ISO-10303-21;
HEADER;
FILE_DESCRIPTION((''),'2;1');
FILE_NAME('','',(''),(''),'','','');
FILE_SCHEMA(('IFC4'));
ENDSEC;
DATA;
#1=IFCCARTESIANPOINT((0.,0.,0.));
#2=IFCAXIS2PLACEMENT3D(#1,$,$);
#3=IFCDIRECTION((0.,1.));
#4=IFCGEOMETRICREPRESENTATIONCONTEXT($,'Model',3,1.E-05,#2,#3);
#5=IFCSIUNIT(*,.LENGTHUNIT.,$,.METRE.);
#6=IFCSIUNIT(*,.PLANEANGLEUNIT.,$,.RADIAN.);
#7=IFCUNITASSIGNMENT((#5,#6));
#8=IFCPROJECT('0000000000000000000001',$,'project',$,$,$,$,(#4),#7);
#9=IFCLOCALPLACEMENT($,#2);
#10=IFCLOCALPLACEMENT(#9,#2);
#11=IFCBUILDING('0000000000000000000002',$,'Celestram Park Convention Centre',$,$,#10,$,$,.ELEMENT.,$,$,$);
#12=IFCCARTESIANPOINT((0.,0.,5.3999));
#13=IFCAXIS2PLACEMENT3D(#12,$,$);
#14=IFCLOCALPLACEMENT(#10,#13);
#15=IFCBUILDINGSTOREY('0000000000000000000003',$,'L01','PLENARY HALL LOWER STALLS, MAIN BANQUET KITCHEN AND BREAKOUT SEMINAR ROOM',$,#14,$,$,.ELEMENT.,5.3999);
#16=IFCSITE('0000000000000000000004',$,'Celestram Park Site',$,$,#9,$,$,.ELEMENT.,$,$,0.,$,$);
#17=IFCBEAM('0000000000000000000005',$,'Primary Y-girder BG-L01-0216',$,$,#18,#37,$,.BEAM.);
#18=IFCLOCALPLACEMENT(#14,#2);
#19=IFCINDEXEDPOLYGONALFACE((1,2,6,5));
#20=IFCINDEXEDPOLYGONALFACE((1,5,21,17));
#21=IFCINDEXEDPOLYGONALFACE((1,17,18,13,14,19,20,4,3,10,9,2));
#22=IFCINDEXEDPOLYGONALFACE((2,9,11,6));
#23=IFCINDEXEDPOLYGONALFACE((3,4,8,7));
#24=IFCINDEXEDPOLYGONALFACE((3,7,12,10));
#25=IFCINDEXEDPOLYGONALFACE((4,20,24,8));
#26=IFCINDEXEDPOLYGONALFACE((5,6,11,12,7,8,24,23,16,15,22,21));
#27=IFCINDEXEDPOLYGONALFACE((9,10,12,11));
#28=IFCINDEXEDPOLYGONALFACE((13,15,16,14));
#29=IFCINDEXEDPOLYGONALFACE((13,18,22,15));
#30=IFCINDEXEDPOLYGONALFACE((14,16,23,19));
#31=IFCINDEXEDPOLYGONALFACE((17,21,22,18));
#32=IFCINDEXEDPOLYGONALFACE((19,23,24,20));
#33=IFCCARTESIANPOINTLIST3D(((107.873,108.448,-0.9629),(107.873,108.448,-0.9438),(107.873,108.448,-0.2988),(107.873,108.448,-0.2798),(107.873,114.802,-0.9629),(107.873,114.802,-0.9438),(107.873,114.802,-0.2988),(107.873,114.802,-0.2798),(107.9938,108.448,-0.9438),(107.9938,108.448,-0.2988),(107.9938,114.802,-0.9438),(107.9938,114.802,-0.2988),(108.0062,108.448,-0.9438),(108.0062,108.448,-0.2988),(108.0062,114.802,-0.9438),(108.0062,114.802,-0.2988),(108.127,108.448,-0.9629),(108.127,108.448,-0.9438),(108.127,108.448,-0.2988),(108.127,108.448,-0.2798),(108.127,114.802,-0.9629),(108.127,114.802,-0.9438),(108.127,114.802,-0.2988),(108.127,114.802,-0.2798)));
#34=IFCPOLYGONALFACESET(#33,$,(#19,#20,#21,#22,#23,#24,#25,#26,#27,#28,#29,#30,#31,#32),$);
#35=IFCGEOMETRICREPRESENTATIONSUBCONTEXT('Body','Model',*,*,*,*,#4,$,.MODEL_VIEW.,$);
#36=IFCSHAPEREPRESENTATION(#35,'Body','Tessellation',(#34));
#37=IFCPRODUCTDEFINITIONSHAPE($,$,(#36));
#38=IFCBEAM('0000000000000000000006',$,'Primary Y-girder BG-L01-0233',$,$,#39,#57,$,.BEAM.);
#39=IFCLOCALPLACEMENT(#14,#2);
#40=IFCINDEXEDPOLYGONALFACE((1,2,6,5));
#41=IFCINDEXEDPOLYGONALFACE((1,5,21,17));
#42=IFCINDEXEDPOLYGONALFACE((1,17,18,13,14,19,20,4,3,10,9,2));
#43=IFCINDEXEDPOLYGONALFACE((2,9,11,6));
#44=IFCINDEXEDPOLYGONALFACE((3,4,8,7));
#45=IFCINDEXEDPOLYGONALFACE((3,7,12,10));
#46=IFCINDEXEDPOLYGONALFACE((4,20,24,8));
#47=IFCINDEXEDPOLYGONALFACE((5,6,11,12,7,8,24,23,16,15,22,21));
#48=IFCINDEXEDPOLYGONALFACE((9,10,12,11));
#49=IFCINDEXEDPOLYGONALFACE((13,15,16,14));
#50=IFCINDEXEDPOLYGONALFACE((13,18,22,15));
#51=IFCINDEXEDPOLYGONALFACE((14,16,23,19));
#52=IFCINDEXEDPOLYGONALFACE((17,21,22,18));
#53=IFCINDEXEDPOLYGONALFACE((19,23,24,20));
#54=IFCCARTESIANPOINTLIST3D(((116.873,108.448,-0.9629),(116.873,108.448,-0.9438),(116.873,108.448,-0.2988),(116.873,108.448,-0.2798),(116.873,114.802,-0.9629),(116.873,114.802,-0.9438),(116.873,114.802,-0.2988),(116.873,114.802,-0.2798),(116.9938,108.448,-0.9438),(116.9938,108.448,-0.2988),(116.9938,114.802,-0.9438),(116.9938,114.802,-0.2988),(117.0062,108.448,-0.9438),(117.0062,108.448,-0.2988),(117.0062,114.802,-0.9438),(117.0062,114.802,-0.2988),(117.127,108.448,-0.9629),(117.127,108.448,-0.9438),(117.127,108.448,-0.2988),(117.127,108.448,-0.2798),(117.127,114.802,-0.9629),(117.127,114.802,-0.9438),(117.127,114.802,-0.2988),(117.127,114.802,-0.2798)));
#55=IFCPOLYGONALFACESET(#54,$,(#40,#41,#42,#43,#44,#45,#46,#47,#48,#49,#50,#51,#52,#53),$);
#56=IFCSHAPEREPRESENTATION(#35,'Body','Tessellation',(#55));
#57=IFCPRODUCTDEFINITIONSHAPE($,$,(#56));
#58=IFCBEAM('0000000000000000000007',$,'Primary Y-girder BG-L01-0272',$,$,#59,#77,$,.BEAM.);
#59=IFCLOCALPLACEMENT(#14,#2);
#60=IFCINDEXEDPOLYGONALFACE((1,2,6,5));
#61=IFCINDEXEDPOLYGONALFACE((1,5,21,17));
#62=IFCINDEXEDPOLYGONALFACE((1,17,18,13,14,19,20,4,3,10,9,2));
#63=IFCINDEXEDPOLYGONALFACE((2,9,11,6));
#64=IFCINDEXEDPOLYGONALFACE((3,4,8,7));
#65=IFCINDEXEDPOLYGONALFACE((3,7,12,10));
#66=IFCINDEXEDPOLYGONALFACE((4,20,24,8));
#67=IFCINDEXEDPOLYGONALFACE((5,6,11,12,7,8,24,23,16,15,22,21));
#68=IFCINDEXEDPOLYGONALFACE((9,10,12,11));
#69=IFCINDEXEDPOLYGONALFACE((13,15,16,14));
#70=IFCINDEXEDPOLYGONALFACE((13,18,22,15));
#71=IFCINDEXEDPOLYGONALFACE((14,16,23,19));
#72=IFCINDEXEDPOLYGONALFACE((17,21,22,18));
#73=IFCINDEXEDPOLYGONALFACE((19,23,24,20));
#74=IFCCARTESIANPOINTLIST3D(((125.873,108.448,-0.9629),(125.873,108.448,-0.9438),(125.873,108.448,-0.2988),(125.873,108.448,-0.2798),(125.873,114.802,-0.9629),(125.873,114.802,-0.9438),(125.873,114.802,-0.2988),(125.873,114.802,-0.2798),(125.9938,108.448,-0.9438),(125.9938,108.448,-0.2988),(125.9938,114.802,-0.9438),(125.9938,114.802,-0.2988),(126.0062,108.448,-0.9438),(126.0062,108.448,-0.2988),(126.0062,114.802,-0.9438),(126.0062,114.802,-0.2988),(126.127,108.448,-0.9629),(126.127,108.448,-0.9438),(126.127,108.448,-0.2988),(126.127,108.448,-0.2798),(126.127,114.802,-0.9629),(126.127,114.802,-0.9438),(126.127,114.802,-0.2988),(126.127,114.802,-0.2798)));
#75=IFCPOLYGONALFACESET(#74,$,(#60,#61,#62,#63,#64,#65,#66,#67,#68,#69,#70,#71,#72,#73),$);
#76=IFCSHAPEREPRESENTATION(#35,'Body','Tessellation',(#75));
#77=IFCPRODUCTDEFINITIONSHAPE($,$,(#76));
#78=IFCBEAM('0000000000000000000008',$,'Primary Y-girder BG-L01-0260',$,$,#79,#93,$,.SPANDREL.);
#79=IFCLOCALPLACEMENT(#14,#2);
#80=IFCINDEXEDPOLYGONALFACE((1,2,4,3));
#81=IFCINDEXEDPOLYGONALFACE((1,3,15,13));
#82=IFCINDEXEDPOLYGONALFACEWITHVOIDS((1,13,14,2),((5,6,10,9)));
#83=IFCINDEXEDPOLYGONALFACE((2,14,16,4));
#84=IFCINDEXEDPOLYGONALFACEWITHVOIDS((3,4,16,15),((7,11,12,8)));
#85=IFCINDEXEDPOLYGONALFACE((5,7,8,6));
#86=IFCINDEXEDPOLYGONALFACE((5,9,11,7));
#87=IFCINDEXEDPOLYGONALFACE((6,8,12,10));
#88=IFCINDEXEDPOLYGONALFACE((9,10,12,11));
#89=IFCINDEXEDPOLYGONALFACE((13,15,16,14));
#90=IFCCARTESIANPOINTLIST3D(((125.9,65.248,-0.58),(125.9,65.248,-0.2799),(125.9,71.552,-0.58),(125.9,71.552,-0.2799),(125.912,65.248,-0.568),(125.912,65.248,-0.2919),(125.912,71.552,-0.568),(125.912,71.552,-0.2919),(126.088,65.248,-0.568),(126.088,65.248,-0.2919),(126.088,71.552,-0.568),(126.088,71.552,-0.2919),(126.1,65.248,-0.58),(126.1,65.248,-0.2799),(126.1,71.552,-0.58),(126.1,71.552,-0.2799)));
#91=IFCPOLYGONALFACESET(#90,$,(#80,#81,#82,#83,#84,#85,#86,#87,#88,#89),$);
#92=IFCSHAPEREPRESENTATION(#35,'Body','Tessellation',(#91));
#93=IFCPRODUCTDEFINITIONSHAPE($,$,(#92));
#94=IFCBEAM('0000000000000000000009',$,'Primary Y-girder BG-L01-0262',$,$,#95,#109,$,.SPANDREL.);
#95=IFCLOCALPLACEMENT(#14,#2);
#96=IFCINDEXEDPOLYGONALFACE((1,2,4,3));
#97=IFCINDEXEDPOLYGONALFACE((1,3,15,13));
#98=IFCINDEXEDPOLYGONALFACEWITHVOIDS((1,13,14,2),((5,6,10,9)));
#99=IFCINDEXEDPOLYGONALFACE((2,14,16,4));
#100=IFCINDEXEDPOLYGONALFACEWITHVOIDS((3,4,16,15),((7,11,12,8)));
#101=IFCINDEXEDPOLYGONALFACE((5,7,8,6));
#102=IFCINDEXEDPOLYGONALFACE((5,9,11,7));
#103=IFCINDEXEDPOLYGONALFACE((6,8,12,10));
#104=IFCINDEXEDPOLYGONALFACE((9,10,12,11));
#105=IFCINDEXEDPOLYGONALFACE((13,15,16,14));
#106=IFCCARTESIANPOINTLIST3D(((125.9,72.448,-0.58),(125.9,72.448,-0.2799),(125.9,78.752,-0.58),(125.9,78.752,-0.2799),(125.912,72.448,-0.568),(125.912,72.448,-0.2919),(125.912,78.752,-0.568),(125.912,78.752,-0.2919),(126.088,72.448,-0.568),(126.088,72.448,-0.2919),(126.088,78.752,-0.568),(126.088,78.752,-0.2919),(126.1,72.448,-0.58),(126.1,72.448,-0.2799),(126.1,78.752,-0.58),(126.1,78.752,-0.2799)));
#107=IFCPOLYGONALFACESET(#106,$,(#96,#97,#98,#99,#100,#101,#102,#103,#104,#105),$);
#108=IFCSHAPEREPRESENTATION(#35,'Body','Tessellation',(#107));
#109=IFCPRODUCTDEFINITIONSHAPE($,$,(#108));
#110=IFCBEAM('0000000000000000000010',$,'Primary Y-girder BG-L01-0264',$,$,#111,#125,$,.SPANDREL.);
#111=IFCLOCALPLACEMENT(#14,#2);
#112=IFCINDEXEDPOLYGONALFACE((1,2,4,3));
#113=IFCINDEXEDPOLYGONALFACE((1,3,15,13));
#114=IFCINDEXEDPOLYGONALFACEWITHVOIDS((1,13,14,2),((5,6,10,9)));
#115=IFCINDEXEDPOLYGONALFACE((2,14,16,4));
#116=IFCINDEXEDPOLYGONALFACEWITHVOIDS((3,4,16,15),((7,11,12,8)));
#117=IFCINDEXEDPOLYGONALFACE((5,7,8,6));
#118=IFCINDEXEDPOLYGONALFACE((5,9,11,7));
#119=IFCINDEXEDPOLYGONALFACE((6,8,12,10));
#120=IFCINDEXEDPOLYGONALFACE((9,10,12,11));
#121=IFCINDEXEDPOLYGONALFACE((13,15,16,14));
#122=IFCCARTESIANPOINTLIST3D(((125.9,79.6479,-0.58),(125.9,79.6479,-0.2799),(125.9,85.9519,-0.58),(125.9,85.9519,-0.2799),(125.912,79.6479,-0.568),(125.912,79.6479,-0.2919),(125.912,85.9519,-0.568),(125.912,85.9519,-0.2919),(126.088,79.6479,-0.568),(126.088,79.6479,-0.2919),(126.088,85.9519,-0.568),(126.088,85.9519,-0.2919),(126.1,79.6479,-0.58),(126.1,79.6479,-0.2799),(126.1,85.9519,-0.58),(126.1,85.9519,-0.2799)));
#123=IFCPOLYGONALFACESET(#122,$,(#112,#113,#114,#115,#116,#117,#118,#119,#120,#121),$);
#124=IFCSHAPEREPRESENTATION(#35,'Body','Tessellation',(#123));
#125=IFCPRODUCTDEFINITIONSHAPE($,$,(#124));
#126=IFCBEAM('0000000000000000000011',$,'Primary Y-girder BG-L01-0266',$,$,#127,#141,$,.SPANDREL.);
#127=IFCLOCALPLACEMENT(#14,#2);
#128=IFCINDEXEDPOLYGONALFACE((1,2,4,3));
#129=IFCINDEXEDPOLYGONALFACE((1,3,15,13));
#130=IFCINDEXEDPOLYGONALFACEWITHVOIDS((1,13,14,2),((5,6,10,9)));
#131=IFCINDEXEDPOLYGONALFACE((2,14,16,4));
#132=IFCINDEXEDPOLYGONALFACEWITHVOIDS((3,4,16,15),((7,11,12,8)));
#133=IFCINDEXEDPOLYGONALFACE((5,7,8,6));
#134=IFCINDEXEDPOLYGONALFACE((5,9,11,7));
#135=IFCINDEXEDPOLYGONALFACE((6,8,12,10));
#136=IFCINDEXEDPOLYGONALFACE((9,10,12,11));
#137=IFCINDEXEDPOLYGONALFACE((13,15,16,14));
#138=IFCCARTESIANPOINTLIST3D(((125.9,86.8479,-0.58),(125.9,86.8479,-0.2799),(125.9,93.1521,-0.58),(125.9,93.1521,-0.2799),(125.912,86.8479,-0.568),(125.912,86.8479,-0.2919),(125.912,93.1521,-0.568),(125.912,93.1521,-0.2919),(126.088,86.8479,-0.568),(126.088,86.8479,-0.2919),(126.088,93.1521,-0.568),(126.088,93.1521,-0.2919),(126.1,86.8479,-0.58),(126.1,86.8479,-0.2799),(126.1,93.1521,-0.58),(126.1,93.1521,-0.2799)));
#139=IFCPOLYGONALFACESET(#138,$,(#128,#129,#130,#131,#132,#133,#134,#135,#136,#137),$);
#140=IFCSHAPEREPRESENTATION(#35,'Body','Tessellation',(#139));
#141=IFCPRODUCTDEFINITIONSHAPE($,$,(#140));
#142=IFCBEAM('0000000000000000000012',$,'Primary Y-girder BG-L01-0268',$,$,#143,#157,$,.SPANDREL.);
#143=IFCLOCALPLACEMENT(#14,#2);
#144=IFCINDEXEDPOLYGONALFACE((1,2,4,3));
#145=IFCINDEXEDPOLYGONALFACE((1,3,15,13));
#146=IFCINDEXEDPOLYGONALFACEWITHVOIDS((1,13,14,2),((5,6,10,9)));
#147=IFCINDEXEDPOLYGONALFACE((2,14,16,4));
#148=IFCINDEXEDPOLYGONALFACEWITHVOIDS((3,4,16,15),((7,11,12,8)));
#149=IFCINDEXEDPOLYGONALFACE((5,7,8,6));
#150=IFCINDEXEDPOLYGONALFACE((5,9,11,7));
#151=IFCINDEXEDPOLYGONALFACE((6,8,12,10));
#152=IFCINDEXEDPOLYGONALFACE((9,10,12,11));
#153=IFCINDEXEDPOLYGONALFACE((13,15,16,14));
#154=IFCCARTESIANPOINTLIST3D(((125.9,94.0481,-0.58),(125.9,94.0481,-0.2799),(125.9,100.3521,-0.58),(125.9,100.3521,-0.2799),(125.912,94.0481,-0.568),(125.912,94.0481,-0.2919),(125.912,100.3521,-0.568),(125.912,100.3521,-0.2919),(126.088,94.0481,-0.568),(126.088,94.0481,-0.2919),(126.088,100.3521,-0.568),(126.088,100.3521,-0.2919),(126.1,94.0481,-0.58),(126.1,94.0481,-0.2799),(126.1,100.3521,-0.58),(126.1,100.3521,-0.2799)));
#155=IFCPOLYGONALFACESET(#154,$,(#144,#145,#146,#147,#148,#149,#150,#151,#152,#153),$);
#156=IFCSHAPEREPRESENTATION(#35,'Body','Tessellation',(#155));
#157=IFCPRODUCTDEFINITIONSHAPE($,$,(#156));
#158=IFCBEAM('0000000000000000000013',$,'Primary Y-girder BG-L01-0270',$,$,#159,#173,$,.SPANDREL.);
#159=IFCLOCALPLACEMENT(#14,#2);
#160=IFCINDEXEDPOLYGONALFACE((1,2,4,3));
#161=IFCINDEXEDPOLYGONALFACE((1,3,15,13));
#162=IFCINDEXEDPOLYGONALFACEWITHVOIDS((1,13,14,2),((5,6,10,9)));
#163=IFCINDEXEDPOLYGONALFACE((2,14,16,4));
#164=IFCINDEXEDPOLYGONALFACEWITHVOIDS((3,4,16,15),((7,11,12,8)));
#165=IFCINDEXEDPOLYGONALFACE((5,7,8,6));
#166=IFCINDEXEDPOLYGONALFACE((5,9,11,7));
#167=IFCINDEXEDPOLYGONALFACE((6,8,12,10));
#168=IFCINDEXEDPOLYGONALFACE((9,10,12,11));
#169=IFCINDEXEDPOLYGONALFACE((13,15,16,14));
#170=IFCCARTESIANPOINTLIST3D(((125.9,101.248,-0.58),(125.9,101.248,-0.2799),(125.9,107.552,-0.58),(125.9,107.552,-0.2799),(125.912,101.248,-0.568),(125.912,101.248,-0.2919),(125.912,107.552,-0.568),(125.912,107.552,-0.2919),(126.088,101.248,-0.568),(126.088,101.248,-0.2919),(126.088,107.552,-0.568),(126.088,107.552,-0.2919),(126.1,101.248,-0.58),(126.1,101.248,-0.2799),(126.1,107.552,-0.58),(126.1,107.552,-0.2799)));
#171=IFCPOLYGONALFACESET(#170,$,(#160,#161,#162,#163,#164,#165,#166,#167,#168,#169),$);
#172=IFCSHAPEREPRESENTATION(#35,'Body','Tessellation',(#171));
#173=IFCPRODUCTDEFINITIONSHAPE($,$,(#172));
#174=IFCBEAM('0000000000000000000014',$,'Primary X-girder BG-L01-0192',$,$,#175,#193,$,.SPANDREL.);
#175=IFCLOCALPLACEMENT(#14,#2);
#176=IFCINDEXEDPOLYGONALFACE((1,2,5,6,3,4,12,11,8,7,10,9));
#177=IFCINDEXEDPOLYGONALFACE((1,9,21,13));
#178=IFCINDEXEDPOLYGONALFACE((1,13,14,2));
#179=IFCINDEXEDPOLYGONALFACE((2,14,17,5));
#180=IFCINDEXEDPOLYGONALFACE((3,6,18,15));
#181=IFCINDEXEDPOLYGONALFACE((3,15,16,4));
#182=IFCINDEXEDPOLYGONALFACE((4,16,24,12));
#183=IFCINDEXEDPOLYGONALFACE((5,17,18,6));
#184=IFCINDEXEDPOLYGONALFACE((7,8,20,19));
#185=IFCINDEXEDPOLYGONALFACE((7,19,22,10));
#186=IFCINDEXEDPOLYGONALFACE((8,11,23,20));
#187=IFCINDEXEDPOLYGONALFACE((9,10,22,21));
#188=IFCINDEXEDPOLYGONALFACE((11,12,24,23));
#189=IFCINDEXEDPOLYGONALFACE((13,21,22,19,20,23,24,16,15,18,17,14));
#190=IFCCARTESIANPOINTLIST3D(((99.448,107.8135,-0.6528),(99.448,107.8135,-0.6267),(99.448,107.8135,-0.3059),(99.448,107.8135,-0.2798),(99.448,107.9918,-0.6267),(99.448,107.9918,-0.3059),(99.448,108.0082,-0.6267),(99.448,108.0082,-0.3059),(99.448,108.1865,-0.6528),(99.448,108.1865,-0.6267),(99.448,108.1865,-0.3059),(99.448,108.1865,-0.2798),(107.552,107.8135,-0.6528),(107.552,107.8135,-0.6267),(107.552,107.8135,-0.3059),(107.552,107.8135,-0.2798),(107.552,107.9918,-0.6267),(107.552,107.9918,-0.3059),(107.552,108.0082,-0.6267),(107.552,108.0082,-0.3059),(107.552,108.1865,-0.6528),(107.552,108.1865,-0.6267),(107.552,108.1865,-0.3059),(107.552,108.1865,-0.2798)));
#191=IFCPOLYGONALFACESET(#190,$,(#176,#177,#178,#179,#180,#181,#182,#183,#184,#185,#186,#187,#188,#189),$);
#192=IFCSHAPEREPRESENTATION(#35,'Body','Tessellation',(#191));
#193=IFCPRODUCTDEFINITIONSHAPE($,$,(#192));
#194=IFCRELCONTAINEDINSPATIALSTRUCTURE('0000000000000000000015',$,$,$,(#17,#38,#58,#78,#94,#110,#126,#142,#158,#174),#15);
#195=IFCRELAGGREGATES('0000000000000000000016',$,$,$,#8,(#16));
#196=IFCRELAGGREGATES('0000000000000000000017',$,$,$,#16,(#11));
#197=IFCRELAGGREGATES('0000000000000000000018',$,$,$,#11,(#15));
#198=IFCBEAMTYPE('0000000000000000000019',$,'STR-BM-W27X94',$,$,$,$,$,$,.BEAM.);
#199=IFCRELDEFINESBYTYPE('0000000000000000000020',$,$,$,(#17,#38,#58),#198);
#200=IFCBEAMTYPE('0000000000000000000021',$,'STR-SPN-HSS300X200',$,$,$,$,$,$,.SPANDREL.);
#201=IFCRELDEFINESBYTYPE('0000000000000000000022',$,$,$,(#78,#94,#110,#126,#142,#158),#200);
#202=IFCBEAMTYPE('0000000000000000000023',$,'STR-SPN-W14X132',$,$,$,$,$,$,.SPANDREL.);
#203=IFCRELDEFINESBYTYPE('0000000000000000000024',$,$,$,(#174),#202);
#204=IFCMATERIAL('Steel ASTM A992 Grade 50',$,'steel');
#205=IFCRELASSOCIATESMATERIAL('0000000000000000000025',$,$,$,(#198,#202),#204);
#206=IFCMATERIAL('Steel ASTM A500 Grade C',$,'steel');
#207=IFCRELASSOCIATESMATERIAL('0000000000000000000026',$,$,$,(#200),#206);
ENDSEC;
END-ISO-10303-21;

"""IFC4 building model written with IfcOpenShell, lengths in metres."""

from ifc_helpers import new_model, si_unit, direction, frame, origin, origin_2d, place, context, subcontext, project, spatial, hollow_rectangle, i_section, extrude, material, material_profile, profile_set, type_object, element, save


model = new_model("IFC4")

# Units and contexts
model_context = context("Model", 3, precision=1e-05, world=origin(), true_north=direction((0.0, 1.0)))
body_context = subcontext(model_context, "Body", "Model", "MODEL_VIEW")
ifc_project = project(units=[si_unit("LENGTHUNIT", "METRE"), si_unit("PLANEANGLEUNIT", "RADIAN")], contexts=[model_context])

# Site, building, storey
site_placement = place(None, origin())
site = spatial("IfcSite", under=ifc_project, at=site_placement, Name="Celestram Park Site", CompositionType="ELEMENT", RefElevation=0.0)
building_placement = place(site_placement, origin())
building = spatial("IfcBuilding", under=site, at=building_placement, Name="Celestram Park Convention Centre", CompositionType="ELEMENT")
storey_placement = place(building_placement, frame((0.0, 0.0, 5.3999)))
storey = spatial("IfcBuildingStorey", under=building, at=storey_placement, Name="L01", Description="PLENARY HALL LOWER STALLS, MAIN BANQUET KITCHEN AND BREAKOUT SEMINAR ROOM", CompositionType="ELEMENT", Elevation=5.3999)

# Beams
ifc_material_1 = material(Name="Steel ASTM A992 Grade 50", Category="steel")
ifc_material_profile_1 = material_profile(ifc_material_1, i_section(OverallWidth=0.2539, OverallDepth=0.6831, WebThickness=0.0125, FlangeThickness=0.019, at=origin_2d()), Name="W27X94")
ifc_profile_set_1 = profile_set([ifc_material_profile_1], Name="Steel ASTM A992 Grade 50")
beam_type_1 = type_object("IfcBeamType", Name="STR-BM-W27X94", PredefinedType="BEAM", material=ifc_profile_set_1)
for number, where, z_axis, x_axis, name in (
    (1, (108.0, 108.448, -0.6213), (0.0, 1.0, 0.0), (-1.0, 0.0, 0.0), "Primary Y-girder BG-L01-0216"),
    (2, (117.0, 108.448, -0.6213), (0.0, 1.0, 0.0), (-1.0, 0.0, 0.0), "Primary Y-girder BG-L01-0233"),
    (3, (126.0, 108.448, -0.6213), (0.0, 1.0, 0.0), (-1.0, 0.0, 0.0), "Primary Y-girder BG-L01-0272"),
):
    element("IfcBeam", number, at=place(storey_placement, frame(where, z_axis=z_axis, x_axis=x_axis)), inside=storey, type_object=beam_type_1, Name=name, PredefinedType="BEAM", context=body_context, shape_type="SweptSolid", body=[
        extrude(i_section(OverallWidth=0.2539, OverallDepth=0.6831, WebThickness=0.0125, FlangeThickness=0.019, at=origin_2d()), origin(), (0.0, 0.0, 1.0), 6.354),
    ])
ifc_material_2 = material(Name="Steel ASTM A500 Grade C", Category="steel")
ifc_material_profile_2 = material_profile(ifc_material_2, hollow_rectangle(XDim=0.2, YDim=0.3, WallThickness=0.012, at=origin_2d()), Name="HSS300X200X12")
ifc_profile_set_2 = profile_set([ifc_material_profile_2], Name="Steel ASTM A500 Grade C")
beam_type_2 = type_object("IfcBeamType", Name="STR-SPN-HSS300X200", PredefinedType="SPANDREL", material=ifc_profile_set_2)
for number, where, z_axis, x_axis, name in (
    (4, (126.0, 65.248, -0.4299), (0.0, 1.0, 0.0), (-1.0, 0.0, 0.0), "Primary Y-girder BG-L01-0260"),
    (5, (126.0, 72.448, -0.4299), (0.0, 1.0, 0.0), (-1.0, 0.0, 0.0), "Primary Y-girder BG-L01-0262"),
    (6, (126.0, 79.6479, -0.4299), (0.0, 1.0, 0.0), (-1.0, 0.0, 0.0), "Primary Y-girder BG-L01-0264"),
):
    element("IfcBeam", number, at=place(storey_placement, frame(where, z_axis=z_axis, x_axis=x_axis)), inside=storey, type_object=beam_type_2, Name=name, PredefinedType="SPANDREL", context=body_context, shape_type="SweptSolid", body=[
        extrude(hollow_rectangle(XDim=0.2, YDim=0.3, WallThickness=0.012, at=origin_2d()), origin(), (0.0, 0.0, 1.0), 6.304),
    ])
beam_placement = place(storey_placement, frame((126.0, 86.8479, -0.4299), z_axis=(0.0, 1.0, 0.0), x_axis=(-1.0, 0.0, 0.0)))
element("IfcBeam", 7, at=beam_placement, inside=storey, type_object=beam_type_2, Name="Primary Y-girder BG-L01-0266", PredefinedType="SPANDREL", context=body_context, shape_type="SweptSolid", body=[
    extrude(hollow_rectangle(XDim=0.2, YDim=0.3, WallThickness=0.012, at=origin_2d()), origin(), (0.0, 0.0, 1.0), 6.3042),
])
for number, where, z_axis, x_axis, name in (
    (8, (126.0, 94.0481, -0.4299), (0.0, 1.0, 0.0), (-1.0, 0.0, 0.0), "Primary Y-girder BG-L01-0268"),
    (9, (126.0, 101.248, -0.4299), (0.0, 1.0, 0.0), (-1.0, 0.0, 0.0), "Primary Y-girder BG-L01-0270"),
):
    element("IfcBeam", number, at=place(storey_placement, frame(where, z_axis=z_axis, x_axis=x_axis)), inside=storey, type_object=beam_type_2, Name=name, PredefinedType="SPANDREL", context=body_context, shape_type="SweptSolid", body=[
        extrude(hollow_rectangle(XDim=0.2, YDim=0.3, WallThickness=0.012, at=origin_2d()), origin(), (0.0, 0.0, 1.0), 6.304),
    ])
ifc_material_profile_3 = material_profile(ifc_material_1, i_section(OverallWidth=0.373, OverallDepth=0.373, WebThickness=0.0164, FlangeThickness=0.0261, at=origin_2d()), Name="W14X132")
ifc_profile_set_3 = profile_set([ifc_material_profile_3], Name="Steel ASTM A992 Grade 50")
beam_type_3 = type_object("IfcBeamType", Name="STR-SPN-W14X132", PredefinedType="SPANDREL", material=ifc_profile_set_3)
for number, where, z_axis, x_axis, name in (
    (10, (99.448, 108.0, -0.4663), (1.0, 0.0, 0.0), (0.0, 1.0, 0.0), "Primary X-girder BG-L01-0192"),
):
    element("IfcBeam", number, at=place(storey_placement, frame(where, z_axis=z_axis, x_axis=x_axis)), inside=storey, type_object=beam_type_3, Name=name, PredefinedType="SPANDREL", context=body_context, shape_type="SweptSolid", body=[
        extrude(i_section(OverallWidth=0.373, OverallDepth=0.373, WebThickness=0.0164, FlangeThickness=0.0261, at=origin_2d()), origin(), (0.0, 0.0, 1.0), 8.104),
    ])

save(model, "model.ifc")
